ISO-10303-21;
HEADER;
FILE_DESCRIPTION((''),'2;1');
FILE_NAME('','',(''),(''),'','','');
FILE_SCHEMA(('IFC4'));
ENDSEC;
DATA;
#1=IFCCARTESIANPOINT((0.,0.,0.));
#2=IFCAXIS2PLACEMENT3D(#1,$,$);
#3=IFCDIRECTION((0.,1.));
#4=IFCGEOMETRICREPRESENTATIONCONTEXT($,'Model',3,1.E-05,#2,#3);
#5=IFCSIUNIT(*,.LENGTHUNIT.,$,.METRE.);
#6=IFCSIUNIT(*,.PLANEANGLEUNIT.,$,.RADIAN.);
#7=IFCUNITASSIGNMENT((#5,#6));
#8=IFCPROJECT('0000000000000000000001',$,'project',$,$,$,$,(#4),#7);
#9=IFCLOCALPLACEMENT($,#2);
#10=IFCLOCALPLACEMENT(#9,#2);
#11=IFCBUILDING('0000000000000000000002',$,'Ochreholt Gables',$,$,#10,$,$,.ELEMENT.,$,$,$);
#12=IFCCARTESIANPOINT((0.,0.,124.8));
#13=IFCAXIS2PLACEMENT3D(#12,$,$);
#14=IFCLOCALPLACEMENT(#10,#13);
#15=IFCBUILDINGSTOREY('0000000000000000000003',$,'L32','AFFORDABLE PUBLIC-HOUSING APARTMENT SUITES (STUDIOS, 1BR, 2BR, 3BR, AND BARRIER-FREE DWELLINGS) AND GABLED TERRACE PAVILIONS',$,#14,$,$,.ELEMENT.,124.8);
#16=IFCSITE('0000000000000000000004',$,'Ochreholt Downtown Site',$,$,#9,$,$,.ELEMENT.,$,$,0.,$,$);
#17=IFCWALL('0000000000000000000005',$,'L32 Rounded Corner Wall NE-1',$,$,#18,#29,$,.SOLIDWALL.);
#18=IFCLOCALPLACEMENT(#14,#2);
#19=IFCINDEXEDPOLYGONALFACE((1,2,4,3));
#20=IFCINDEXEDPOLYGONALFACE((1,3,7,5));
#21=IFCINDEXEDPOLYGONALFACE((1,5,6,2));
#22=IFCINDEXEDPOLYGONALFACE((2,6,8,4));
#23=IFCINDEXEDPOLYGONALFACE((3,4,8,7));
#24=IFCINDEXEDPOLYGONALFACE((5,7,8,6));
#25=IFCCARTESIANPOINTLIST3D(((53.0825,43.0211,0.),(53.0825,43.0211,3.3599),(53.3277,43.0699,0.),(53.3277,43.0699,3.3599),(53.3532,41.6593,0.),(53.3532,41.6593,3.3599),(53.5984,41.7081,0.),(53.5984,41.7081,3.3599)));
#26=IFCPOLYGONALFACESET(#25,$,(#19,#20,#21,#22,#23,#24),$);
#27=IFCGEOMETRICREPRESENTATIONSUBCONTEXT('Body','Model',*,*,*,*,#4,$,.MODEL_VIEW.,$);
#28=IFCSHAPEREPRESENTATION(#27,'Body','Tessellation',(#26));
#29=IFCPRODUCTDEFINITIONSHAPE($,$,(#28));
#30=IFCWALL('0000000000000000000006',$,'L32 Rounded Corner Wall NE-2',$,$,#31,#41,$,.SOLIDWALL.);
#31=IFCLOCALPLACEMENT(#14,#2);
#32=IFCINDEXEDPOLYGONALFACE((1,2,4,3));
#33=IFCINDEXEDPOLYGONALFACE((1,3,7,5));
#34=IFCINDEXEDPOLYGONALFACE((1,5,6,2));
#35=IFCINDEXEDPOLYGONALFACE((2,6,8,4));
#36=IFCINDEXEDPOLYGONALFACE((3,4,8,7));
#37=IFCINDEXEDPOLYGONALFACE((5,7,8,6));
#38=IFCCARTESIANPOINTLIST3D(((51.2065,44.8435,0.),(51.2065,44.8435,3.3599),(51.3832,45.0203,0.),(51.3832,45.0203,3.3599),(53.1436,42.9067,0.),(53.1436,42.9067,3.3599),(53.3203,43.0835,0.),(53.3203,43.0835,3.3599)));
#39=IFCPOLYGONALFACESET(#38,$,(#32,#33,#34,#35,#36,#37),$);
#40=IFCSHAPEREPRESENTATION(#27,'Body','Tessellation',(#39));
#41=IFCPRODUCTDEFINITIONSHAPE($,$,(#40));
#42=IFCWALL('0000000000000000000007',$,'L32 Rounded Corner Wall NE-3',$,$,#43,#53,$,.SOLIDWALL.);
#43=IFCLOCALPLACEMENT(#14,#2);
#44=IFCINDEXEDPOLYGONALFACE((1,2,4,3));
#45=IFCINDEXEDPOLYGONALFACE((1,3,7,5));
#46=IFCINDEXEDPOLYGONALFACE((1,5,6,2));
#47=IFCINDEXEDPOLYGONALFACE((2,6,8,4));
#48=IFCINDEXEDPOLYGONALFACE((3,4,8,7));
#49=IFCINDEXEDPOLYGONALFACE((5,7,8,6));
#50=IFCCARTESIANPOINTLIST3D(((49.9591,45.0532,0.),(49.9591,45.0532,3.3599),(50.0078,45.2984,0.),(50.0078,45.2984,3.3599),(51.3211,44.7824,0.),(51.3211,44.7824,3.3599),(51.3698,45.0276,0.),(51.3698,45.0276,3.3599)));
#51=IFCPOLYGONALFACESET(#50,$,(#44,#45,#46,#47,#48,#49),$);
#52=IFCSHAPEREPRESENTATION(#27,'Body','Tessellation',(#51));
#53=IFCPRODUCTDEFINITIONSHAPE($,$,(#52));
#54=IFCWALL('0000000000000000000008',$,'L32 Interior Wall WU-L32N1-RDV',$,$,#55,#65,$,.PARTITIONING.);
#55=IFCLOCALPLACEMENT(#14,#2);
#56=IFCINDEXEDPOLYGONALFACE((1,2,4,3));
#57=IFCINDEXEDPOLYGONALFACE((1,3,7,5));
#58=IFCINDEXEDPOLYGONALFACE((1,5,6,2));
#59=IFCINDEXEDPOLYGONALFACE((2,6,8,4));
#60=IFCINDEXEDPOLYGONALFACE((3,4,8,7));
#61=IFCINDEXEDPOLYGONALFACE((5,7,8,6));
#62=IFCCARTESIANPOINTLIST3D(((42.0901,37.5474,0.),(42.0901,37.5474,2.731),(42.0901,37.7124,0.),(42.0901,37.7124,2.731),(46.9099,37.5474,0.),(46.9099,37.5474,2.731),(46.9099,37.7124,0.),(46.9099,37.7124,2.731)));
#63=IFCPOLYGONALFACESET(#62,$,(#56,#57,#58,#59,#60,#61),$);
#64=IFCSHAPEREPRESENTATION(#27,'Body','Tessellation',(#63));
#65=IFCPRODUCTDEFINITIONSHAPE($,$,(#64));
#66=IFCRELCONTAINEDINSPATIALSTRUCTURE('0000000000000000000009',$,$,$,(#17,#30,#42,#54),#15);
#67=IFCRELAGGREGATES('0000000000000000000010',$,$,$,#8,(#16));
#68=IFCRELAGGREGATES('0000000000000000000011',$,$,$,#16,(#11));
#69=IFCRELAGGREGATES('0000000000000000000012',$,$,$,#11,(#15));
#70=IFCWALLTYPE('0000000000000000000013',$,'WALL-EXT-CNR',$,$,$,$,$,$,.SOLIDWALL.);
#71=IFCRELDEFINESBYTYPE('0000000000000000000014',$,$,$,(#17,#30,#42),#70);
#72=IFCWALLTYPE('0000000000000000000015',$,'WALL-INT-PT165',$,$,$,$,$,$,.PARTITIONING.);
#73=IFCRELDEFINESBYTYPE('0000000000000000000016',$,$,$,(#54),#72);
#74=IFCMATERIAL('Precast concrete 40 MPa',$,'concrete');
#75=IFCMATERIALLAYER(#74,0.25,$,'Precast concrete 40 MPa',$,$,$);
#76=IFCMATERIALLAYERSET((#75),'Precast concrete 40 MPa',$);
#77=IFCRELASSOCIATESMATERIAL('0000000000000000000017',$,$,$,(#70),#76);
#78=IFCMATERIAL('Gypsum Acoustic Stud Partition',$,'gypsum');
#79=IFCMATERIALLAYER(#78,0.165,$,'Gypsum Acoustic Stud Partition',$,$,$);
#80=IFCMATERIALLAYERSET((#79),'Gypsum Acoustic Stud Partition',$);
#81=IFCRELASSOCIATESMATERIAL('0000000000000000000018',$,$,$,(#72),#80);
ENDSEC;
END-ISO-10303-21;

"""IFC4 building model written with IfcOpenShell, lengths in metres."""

from ifc_helpers import new_model, si_unit, direction, frame, frame_2d, origin, place, context, subcontext, project, spatial, rectangle, extrude, material, layer, layer_set, type_object, element, save


model = new_model("IFC4")

# Units and contexts
model_context = context("Model", 3, precision=1e-05, world=origin(), true_north=direction((0.0, 1.0)))
body_context = subcontext(model_context, "Body", "Model", "MODEL_VIEW")
ifc_project = project(units=[si_unit("LENGTHUNIT", "METRE"), si_unit("PLANEANGLEUNIT", "RADIAN")], contexts=[model_context])

# Site, building, storey
site_placement = place(None, origin())
site = spatial("IfcSite", under=ifc_project, at=site_placement, Name="Ochreholt Downtown Site", CompositionType="ELEMENT", RefElevation=0.0)
building_placement = place(site_placement, origin())
building = spatial("IfcBuilding", under=site, at=building_placement, Name="Ochreholt Gables", CompositionType="ELEMENT")
storey_placement = place(building_placement, frame((0.0, 0.0, 124.8)))
storey = spatial("IfcBuildingStorey", under=building, at=storey_placement, Name="L32", Description="AFFORDABLE PUBLIC-HOUSING APARTMENT SUITES (STUDIOS, 1BR, 2BR, 3BR, AND BARRIER-FREE DWELLINGS) AND GABLED TERRACE PAVILIONS", CompositionType="ELEMENT", Elevation=124.8)

# Shared definitions
ifc_material_1 = material(Name="Precast concrete 40 MPa", Category="concrete")

# Walls
ifc_layer_1 = layer(ifc_material_1, 0.25, Name="Precast concrete 40 MPa")
ifc_layer_set_1 = layer_set([ifc_layer_1], Name="Precast concrete 40 MPa")
wall_type_1 = type_object("IfcWallType", Name="WALL-EXT-CNR", PredefinedType="SOLIDWALL", material=ifc_layer_set_1)
wall_1_placement = place(storey_placement, frame((53.4758, 41.6836, 0.0), z_axis=(0.0, 0.0, 1.0), x_axis=(-0.195, 0.980803, 0.0)))
element("IfcWall", 1, at=wall_1_placement, inside=storey, type_object=wall_type_1, Name="L32 Rounded Corner Wall NE-1", PredefinedType="SOLIDWALL", context=body_context, shape_type="SweptSolid", body=[
    extrude(rectangle(XDim=1.3884, YDim=0.25, at=frame_2d((0.6943, 0.0))), origin(), (0.0, 0.0, 1.0), 3.3599),
])
wall_2_placement = place(storey_placement, frame((53.2319, 42.9951, 0.0), z_axis=(0.0, 0.0, 1.0), x_axis=(-0.707151, 0.707062, 0.0)))
element("IfcWall", 2, at=wall_2_placement, inside=storey, type_object=wall_type_1, Name="L32 Rounded Corner Wall NE-2", PredefinedType="SOLIDWALL", context=body_context, shape_type="SweptSolid", body=[
    extrude(rectangle(XDim=2.7393, YDim=0.25, at=frame_2d((1.3696, 0.0))), origin(), (0.0, 0.0, 1.0), 3.3599),
])
wall_3_placement = place(storey_placement, frame((51.3455, 44.905, 0.0), z_axis=(0.0, 0.0, 1.0), x_axis=(-0.98081, 0.194967, 0.0)))
element("IfcWall", 3, at=wall_3_placement, inside=storey, type_object=wall_type_1, Name="L32 Rounded Corner Wall NE-3", PredefinedType="SOLIDWALL", context=body_context, shape_type="SweptSolid", body=[
    extrude(rectangle(XDim=1.3887, YDim=0.25, at=frame_2d((0.6943, 0.0))), origin(), (0.0, 0.0, 1.0), 3.3599),
])
ifc_material_2 = material(Name="Gypsum Acoustic Stud Partition", Category="gypsum")
ifc_layer_2 = layer(ifc_material_2, 0.165, Name="Gypsum Acoustic Stud Partition")
ifc_layer_set_2 = layer_set([ifc_layer_2], Name="Gypsum Acoustic Stud Partition")
wall_type_2 = type_object("IfcWallType", Name="WALL-INT-PT165", PredefinedType="PARTITIONING", material=ifc_layer_set_2)
wall_4_placement = place(storey_placement, frame((42.0901, 37.6299, 0.0), z_axis=(0.0, 0.0, 1.0), x_axis=(1.0, 0.0, 0.0)))
element("IfcWall", 4, at=wall_4_placement, inside=storey, type_object=wall_type_2, Name="L32 Interior Wall WU-L32N1-RDV", PredefinedType="PARTITIONING", context=body_context, shape_type="SweptSolid", body=[
    extrude(rectangle(XDim=4.8198, YDim=0.165, at=frame_2d((2.4099, 0.0))), origin(), (0.0, 0.0, 1.0), 2.731),
])

save(model, "model.ifc")
